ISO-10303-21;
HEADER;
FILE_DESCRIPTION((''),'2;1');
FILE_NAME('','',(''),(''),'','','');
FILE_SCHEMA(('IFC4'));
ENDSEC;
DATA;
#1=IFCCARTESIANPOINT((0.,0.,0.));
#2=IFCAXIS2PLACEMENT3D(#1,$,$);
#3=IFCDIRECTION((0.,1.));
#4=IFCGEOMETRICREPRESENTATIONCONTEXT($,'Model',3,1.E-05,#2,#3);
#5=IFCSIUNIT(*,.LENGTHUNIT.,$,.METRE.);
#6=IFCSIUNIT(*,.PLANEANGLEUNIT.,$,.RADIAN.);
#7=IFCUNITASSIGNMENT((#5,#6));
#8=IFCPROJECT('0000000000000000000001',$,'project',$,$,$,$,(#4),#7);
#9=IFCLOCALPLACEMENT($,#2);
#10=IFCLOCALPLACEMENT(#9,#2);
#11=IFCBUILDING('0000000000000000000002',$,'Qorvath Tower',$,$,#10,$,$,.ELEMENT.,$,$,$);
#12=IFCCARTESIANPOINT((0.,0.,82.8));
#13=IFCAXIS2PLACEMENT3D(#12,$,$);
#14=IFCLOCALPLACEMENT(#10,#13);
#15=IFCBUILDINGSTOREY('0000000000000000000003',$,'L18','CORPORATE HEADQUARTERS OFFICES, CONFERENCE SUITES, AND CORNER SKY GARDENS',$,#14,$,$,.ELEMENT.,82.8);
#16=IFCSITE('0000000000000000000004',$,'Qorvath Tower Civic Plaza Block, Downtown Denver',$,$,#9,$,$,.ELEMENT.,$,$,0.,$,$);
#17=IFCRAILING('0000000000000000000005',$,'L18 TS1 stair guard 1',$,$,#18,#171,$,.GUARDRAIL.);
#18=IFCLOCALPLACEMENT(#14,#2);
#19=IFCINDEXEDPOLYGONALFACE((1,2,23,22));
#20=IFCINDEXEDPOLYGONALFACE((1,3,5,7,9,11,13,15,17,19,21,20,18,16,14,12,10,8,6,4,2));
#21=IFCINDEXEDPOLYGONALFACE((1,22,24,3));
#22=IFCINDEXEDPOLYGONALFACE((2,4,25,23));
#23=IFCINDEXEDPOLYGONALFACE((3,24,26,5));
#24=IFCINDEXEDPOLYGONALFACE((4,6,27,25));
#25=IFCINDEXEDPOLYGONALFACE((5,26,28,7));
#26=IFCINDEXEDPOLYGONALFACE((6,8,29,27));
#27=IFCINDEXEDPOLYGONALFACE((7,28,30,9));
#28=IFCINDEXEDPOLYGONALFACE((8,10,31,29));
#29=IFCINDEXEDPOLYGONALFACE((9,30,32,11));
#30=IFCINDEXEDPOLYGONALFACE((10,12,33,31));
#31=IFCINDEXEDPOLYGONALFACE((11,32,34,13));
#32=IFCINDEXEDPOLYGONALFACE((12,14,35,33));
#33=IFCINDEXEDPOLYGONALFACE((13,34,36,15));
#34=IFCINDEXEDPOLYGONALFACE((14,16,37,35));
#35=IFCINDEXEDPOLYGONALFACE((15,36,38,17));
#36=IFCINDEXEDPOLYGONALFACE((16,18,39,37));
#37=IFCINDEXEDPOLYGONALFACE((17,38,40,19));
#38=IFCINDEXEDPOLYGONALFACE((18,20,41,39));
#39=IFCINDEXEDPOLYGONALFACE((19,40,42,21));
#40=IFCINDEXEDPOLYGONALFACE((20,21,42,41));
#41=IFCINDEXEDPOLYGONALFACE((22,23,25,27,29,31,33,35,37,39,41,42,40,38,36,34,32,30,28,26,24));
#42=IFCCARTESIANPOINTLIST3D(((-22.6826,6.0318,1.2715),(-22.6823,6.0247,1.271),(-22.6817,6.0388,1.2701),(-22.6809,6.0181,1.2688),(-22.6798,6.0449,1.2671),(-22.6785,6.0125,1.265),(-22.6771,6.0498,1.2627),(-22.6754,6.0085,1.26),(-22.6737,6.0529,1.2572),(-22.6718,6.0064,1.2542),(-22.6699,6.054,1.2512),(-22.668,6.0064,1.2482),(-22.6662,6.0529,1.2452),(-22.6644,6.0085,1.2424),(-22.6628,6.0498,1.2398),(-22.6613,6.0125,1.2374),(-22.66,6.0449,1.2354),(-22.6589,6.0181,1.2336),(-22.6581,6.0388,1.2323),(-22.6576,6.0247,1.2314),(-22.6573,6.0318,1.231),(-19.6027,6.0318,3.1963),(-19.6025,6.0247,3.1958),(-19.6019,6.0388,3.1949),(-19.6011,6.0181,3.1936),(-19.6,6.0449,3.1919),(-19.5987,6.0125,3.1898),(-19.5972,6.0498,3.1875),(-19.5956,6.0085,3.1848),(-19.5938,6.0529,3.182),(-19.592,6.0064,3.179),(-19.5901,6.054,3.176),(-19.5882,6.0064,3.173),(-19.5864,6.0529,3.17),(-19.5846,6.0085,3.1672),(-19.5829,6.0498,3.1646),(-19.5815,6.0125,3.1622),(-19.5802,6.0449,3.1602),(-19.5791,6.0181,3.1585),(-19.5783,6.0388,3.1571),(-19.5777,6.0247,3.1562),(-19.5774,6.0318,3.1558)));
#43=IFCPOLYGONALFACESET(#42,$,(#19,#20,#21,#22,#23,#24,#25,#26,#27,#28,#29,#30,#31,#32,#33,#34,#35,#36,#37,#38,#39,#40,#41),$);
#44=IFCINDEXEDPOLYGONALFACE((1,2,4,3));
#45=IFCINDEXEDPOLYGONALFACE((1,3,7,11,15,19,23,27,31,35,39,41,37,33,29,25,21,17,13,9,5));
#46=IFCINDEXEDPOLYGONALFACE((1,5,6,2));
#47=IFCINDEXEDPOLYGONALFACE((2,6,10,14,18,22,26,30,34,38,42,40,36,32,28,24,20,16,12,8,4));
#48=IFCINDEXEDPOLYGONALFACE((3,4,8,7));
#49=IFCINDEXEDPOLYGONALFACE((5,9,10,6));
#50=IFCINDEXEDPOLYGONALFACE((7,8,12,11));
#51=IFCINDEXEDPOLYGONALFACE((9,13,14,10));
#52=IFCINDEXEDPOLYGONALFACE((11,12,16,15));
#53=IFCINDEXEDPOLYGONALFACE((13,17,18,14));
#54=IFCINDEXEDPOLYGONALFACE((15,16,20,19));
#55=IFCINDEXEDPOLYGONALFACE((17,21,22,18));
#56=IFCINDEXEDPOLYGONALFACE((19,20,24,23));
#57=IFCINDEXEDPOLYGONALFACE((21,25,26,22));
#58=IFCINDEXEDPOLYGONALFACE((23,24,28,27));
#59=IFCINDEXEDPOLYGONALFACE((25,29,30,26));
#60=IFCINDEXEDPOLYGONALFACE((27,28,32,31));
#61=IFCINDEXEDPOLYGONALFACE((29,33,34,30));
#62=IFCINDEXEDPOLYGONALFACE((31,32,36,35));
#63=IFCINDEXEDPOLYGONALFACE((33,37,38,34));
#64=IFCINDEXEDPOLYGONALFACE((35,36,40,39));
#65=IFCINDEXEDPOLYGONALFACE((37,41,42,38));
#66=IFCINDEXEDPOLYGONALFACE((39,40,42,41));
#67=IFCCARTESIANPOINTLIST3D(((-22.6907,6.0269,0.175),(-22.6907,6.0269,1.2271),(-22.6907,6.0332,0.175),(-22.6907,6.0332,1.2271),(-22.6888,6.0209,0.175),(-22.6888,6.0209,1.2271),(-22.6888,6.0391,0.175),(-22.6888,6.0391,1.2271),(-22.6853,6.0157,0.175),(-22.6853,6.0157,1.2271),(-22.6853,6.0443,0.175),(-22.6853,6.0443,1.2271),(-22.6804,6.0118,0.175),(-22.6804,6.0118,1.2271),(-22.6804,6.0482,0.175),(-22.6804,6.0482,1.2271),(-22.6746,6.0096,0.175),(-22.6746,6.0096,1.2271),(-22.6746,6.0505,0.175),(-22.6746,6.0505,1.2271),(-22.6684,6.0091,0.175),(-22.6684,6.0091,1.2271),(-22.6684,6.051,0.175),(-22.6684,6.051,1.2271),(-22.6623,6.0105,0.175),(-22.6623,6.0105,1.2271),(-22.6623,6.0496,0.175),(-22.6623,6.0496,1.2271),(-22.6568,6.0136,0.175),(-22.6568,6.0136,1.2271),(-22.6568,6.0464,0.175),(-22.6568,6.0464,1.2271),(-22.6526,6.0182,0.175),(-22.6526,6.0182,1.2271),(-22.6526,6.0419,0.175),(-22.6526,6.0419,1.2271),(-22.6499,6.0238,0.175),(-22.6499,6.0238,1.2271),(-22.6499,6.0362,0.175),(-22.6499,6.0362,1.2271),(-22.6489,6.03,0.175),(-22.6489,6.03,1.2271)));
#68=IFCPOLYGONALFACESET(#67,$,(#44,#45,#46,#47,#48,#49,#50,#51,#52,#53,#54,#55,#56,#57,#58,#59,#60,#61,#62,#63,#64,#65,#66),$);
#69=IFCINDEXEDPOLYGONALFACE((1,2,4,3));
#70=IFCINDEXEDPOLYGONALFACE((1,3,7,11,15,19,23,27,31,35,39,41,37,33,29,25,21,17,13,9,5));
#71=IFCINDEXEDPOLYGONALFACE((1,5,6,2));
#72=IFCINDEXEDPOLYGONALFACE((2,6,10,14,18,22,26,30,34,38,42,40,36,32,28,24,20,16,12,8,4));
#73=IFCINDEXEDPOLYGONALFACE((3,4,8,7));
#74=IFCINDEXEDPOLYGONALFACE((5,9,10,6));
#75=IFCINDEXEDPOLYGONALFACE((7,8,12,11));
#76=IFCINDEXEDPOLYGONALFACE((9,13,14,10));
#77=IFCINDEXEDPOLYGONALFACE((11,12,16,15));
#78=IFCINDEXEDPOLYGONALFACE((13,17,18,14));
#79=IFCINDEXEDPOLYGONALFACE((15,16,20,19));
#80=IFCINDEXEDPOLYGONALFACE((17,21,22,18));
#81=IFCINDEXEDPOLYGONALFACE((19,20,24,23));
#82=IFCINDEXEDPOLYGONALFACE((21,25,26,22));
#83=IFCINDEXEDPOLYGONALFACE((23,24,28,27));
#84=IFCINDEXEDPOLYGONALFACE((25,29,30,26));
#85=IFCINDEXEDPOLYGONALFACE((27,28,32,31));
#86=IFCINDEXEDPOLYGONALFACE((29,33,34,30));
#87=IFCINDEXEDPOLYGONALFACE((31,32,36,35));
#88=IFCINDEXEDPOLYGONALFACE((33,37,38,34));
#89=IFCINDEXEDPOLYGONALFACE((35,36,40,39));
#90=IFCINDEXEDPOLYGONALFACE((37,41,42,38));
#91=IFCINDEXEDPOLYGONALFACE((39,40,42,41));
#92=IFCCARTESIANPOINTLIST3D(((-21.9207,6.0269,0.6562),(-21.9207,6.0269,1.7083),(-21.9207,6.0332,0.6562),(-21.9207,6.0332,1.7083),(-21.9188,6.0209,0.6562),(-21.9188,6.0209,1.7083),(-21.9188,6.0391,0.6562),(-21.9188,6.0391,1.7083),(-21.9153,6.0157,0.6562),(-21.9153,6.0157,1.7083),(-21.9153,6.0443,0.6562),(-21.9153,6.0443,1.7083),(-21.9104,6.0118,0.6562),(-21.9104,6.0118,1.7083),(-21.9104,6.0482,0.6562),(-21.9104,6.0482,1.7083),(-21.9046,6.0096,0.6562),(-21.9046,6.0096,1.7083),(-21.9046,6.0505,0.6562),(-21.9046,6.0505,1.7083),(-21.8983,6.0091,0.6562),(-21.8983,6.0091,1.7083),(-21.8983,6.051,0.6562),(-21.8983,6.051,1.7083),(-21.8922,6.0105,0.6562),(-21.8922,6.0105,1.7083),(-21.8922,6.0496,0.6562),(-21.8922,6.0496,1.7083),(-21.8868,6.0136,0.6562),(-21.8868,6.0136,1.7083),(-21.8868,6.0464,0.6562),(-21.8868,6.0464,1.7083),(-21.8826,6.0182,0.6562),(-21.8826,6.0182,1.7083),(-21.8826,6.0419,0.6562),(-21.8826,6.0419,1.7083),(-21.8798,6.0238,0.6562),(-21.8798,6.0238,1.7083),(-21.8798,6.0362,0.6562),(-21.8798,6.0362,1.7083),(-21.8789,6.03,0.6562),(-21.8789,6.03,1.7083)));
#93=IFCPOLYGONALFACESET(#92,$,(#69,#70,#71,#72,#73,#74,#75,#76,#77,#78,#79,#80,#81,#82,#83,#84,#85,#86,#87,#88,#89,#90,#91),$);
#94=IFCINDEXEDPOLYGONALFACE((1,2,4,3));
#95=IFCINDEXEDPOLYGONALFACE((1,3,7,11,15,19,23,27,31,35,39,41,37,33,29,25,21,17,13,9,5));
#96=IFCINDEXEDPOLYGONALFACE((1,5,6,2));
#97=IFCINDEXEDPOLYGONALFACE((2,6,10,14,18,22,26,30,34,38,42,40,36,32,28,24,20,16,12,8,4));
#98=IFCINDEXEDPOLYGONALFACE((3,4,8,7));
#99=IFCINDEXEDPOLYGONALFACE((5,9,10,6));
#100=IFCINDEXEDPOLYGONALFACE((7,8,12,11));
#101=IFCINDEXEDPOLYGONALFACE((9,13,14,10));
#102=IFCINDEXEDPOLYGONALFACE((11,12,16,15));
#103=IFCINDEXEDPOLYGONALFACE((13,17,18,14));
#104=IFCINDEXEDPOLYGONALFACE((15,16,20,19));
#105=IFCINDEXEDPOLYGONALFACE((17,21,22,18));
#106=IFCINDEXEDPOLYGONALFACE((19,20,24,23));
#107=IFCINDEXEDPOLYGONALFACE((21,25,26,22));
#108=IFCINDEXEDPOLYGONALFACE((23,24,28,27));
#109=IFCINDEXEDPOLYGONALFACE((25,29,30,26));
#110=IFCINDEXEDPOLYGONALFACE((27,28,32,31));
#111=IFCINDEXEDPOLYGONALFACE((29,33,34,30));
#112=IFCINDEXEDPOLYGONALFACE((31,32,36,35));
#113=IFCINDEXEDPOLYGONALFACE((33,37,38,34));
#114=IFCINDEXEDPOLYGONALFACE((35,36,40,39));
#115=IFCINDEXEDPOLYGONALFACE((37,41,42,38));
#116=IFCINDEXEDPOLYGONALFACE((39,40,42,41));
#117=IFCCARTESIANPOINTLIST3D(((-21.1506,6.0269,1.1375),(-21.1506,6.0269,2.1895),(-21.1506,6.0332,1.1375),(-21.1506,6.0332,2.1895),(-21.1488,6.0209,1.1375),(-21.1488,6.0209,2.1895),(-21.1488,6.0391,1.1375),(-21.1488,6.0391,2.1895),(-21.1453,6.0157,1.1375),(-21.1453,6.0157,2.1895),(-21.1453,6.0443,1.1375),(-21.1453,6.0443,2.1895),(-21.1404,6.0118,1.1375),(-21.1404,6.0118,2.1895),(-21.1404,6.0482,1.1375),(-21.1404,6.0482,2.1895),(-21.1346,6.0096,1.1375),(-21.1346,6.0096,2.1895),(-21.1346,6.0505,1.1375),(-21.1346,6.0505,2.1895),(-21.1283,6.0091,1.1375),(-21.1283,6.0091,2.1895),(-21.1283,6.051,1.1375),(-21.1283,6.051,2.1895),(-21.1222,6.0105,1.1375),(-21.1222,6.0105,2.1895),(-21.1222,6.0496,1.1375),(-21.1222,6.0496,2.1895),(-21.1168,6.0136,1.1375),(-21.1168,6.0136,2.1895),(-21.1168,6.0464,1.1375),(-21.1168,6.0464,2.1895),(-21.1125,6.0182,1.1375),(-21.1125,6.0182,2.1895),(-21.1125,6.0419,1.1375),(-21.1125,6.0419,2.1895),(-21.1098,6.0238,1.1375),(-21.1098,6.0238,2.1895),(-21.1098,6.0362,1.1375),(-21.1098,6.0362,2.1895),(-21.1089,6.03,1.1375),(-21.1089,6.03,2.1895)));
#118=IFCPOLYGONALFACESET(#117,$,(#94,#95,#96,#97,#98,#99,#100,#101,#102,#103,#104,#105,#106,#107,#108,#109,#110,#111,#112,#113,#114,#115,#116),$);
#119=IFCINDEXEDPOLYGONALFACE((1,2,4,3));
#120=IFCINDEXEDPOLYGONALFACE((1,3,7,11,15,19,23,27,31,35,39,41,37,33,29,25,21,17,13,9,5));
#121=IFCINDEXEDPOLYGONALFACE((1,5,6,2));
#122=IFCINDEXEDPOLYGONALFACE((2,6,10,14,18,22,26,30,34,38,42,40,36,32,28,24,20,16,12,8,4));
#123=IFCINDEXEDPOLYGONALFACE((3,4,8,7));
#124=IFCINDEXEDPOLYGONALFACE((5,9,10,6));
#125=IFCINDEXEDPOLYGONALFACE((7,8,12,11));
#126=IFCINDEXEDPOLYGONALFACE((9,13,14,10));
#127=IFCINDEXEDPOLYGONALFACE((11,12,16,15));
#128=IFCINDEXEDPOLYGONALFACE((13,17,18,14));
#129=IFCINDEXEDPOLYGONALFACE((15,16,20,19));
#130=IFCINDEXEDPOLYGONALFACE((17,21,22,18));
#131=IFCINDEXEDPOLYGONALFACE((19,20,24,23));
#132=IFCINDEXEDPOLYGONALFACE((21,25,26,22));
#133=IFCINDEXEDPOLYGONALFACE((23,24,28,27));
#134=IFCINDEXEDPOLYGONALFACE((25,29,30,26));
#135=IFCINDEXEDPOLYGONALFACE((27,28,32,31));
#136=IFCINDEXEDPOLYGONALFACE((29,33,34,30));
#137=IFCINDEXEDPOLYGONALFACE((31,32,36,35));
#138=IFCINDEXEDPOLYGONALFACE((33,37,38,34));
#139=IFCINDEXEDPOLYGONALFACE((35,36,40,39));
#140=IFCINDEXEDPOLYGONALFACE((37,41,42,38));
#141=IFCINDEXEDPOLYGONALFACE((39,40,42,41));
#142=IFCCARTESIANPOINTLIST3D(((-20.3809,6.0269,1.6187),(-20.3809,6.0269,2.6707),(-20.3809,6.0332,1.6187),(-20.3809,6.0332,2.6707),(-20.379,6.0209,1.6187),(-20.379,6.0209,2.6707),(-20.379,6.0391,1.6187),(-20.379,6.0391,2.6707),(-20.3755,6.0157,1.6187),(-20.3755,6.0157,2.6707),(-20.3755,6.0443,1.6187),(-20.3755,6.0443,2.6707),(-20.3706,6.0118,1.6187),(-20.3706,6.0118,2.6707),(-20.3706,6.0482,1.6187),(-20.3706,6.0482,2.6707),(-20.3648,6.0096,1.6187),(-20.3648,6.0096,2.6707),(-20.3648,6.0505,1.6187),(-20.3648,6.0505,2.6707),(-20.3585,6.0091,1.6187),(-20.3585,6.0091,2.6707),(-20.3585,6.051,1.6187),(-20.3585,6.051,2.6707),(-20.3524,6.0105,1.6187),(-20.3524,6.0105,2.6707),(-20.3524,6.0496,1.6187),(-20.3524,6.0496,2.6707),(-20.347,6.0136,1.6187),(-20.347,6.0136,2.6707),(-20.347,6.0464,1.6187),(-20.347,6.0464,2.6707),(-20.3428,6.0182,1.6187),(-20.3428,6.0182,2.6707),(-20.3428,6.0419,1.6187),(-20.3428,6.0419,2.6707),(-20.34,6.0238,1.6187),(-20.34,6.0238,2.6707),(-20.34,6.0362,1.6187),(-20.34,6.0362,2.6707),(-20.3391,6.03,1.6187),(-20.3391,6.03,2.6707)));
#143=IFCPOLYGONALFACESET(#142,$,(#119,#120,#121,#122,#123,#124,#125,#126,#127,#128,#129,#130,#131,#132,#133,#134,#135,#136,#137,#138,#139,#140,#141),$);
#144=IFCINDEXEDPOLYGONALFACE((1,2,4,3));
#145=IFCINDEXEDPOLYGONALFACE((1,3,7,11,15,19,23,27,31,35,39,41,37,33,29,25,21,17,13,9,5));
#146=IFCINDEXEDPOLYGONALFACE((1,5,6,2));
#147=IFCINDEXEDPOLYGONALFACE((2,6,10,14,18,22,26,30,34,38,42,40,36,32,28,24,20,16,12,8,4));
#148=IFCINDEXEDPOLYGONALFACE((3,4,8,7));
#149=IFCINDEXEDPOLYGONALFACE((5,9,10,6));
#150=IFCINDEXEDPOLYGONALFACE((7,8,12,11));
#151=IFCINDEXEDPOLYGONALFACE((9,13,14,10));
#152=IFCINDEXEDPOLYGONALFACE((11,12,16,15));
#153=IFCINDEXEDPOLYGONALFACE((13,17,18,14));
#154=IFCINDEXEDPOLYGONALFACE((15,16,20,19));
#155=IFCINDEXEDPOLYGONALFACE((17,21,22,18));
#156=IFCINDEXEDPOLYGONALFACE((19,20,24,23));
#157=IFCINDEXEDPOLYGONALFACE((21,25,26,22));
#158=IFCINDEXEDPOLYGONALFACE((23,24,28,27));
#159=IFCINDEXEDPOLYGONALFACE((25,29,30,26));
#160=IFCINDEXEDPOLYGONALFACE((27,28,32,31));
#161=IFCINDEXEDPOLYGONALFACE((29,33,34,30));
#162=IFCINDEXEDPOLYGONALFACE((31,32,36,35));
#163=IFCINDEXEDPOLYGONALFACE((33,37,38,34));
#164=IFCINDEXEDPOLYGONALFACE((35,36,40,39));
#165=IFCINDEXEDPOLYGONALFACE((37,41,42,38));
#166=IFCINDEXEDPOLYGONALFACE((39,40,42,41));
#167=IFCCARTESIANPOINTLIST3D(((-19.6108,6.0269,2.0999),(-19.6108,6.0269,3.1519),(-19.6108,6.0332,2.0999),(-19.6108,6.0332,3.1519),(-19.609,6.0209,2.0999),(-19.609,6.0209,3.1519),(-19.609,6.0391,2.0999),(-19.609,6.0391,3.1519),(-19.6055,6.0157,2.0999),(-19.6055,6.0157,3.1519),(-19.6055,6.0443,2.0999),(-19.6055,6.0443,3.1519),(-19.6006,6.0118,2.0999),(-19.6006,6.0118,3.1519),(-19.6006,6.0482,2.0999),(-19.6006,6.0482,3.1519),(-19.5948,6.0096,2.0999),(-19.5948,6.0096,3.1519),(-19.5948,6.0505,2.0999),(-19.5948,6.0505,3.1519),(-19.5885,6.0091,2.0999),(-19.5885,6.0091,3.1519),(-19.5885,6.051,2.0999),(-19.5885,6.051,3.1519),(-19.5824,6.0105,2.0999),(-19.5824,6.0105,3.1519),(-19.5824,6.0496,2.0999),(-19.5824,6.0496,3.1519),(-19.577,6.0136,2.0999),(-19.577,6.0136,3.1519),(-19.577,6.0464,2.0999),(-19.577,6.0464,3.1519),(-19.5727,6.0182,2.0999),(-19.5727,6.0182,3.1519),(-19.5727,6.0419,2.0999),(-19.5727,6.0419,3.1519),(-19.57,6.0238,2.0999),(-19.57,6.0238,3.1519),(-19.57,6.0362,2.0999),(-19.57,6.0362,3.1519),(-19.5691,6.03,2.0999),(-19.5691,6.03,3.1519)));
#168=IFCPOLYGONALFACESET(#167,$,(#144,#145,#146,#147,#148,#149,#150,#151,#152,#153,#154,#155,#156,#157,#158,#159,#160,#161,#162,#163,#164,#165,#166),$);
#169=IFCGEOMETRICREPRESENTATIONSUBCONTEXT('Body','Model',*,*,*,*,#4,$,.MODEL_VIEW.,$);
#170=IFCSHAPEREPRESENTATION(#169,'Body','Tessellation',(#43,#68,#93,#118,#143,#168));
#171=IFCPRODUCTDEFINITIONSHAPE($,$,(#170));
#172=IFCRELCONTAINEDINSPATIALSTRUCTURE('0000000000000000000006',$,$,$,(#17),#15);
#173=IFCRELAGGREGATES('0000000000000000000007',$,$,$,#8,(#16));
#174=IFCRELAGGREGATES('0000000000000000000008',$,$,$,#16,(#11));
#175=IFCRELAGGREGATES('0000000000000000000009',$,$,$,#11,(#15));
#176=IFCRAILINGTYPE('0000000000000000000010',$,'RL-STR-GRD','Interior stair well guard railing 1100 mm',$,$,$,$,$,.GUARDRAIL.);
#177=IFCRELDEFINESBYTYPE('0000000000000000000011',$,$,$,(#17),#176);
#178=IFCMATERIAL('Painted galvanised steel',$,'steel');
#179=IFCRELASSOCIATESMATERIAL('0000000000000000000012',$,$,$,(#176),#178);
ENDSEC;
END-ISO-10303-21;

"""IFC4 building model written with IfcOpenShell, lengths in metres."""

from ifc_helpers import new_model, si_unit, direction, frame, origin, origin_2d, place, context, subcontext, project, spatial, circle, extrude, material, type_object, element, save


model = new_model("IFC4")

# Units and contexts
model_context = context("Model", 3, precision=1e-05, world=origin(), true_north=direction((0.0, 1.0)))
body_context = subcontext(model_context, "Body", "Model", "MODEL_VIEW")
ifc_project = project(units=[si_unit("LENGTHUNIT", "METRE"), si_unit("PLANEANGLEUNIT", "RADIAN")], contexts=[model_context])

# Site, building, storey
site_placement = place(None, origin())
site = spatial("IfcSite", under=ifc_project, at=site_placement, Name="Qorvath Tower Civic Plaza Block, Downtown Denver", CompositionType="ELEMENT", RefElevation=0.0)
building_placement = place(site_placement, origin())
building = spatial("IfcBuilding", under=site, at=building_placement, Name="Qorvath Tower", CompositionType="ELEMENT")
storey_placement = place(building_placement, frame((0.0, 0.0, 82.8)))
storey = spatial("IfcBuildingStorey", under=building, at=storey_placement, Name="L18", Description="CORPORATE HEADQUARTERS OFFICES, CONFERENCE SUITES, AND CORNER SKY GARDENS", CompositionType="ELEMENT", Elevation=82.8)

# Railing
ifc_material_1 = material(Name="Painted galvanised steel", Category="steel")
railing_type_1 = type_object("IfcRailingType", Name="RL-STR-GRD", Description="Interior stair well guard railing 1100 mm", PredefinedType="GUARDRAIL", material=ifc_material_1)
railing_1_placement = place(storey_placement, frame((-22.6699, 6.03, 0.175)))
element("IfcRailing", 1, at=railing_1_placement, inside=storey, type_object=railing_type_1, Name="L18 TS1 stair guard 1", PredefinedType="GUARDRAIL", context=body_context, shape_type="SweptSolid", body=[
    extrude(circle(Radius=0.0239, at=origin_2d()), frame((0.0, 0.0, 1.0762), z_axis=(0.84801, 0.0, 0.529981), x_axis=(0.0, 1.0, 0.0)), (0.0, 0.0, 1.0), 3.6318),
    extrude(circle(Radius=0.021, at=origin_2d()), origin(), (0.0, 0.0, 1.0), 1.052),
    extrude(circle(Radius=0.021, at=origin_2d()), frame((0.77, 0.0, 0.4812)), (0.0, 0.0, 1.0), 1.052),
    extrude(circle(Radius=0.021, at=origin_2d()), frame((1.54, 0.0, 0.9624)), (0.0, 0.0, 1.0), 1.052),
    extrude(circle(Radius=0.021, at=origin_2d()), frame((2.3098, 0.0, 1.4436)), (0.0, 0.0, 1.0), 1.052),
    extrude(circle(Radius=0.021, at=origin_2d()), frame((3.0798, 0.0, 1.9248)), (0.0, 0.0, 1.0), 1.052),
])

save(model, "model.ifc")
